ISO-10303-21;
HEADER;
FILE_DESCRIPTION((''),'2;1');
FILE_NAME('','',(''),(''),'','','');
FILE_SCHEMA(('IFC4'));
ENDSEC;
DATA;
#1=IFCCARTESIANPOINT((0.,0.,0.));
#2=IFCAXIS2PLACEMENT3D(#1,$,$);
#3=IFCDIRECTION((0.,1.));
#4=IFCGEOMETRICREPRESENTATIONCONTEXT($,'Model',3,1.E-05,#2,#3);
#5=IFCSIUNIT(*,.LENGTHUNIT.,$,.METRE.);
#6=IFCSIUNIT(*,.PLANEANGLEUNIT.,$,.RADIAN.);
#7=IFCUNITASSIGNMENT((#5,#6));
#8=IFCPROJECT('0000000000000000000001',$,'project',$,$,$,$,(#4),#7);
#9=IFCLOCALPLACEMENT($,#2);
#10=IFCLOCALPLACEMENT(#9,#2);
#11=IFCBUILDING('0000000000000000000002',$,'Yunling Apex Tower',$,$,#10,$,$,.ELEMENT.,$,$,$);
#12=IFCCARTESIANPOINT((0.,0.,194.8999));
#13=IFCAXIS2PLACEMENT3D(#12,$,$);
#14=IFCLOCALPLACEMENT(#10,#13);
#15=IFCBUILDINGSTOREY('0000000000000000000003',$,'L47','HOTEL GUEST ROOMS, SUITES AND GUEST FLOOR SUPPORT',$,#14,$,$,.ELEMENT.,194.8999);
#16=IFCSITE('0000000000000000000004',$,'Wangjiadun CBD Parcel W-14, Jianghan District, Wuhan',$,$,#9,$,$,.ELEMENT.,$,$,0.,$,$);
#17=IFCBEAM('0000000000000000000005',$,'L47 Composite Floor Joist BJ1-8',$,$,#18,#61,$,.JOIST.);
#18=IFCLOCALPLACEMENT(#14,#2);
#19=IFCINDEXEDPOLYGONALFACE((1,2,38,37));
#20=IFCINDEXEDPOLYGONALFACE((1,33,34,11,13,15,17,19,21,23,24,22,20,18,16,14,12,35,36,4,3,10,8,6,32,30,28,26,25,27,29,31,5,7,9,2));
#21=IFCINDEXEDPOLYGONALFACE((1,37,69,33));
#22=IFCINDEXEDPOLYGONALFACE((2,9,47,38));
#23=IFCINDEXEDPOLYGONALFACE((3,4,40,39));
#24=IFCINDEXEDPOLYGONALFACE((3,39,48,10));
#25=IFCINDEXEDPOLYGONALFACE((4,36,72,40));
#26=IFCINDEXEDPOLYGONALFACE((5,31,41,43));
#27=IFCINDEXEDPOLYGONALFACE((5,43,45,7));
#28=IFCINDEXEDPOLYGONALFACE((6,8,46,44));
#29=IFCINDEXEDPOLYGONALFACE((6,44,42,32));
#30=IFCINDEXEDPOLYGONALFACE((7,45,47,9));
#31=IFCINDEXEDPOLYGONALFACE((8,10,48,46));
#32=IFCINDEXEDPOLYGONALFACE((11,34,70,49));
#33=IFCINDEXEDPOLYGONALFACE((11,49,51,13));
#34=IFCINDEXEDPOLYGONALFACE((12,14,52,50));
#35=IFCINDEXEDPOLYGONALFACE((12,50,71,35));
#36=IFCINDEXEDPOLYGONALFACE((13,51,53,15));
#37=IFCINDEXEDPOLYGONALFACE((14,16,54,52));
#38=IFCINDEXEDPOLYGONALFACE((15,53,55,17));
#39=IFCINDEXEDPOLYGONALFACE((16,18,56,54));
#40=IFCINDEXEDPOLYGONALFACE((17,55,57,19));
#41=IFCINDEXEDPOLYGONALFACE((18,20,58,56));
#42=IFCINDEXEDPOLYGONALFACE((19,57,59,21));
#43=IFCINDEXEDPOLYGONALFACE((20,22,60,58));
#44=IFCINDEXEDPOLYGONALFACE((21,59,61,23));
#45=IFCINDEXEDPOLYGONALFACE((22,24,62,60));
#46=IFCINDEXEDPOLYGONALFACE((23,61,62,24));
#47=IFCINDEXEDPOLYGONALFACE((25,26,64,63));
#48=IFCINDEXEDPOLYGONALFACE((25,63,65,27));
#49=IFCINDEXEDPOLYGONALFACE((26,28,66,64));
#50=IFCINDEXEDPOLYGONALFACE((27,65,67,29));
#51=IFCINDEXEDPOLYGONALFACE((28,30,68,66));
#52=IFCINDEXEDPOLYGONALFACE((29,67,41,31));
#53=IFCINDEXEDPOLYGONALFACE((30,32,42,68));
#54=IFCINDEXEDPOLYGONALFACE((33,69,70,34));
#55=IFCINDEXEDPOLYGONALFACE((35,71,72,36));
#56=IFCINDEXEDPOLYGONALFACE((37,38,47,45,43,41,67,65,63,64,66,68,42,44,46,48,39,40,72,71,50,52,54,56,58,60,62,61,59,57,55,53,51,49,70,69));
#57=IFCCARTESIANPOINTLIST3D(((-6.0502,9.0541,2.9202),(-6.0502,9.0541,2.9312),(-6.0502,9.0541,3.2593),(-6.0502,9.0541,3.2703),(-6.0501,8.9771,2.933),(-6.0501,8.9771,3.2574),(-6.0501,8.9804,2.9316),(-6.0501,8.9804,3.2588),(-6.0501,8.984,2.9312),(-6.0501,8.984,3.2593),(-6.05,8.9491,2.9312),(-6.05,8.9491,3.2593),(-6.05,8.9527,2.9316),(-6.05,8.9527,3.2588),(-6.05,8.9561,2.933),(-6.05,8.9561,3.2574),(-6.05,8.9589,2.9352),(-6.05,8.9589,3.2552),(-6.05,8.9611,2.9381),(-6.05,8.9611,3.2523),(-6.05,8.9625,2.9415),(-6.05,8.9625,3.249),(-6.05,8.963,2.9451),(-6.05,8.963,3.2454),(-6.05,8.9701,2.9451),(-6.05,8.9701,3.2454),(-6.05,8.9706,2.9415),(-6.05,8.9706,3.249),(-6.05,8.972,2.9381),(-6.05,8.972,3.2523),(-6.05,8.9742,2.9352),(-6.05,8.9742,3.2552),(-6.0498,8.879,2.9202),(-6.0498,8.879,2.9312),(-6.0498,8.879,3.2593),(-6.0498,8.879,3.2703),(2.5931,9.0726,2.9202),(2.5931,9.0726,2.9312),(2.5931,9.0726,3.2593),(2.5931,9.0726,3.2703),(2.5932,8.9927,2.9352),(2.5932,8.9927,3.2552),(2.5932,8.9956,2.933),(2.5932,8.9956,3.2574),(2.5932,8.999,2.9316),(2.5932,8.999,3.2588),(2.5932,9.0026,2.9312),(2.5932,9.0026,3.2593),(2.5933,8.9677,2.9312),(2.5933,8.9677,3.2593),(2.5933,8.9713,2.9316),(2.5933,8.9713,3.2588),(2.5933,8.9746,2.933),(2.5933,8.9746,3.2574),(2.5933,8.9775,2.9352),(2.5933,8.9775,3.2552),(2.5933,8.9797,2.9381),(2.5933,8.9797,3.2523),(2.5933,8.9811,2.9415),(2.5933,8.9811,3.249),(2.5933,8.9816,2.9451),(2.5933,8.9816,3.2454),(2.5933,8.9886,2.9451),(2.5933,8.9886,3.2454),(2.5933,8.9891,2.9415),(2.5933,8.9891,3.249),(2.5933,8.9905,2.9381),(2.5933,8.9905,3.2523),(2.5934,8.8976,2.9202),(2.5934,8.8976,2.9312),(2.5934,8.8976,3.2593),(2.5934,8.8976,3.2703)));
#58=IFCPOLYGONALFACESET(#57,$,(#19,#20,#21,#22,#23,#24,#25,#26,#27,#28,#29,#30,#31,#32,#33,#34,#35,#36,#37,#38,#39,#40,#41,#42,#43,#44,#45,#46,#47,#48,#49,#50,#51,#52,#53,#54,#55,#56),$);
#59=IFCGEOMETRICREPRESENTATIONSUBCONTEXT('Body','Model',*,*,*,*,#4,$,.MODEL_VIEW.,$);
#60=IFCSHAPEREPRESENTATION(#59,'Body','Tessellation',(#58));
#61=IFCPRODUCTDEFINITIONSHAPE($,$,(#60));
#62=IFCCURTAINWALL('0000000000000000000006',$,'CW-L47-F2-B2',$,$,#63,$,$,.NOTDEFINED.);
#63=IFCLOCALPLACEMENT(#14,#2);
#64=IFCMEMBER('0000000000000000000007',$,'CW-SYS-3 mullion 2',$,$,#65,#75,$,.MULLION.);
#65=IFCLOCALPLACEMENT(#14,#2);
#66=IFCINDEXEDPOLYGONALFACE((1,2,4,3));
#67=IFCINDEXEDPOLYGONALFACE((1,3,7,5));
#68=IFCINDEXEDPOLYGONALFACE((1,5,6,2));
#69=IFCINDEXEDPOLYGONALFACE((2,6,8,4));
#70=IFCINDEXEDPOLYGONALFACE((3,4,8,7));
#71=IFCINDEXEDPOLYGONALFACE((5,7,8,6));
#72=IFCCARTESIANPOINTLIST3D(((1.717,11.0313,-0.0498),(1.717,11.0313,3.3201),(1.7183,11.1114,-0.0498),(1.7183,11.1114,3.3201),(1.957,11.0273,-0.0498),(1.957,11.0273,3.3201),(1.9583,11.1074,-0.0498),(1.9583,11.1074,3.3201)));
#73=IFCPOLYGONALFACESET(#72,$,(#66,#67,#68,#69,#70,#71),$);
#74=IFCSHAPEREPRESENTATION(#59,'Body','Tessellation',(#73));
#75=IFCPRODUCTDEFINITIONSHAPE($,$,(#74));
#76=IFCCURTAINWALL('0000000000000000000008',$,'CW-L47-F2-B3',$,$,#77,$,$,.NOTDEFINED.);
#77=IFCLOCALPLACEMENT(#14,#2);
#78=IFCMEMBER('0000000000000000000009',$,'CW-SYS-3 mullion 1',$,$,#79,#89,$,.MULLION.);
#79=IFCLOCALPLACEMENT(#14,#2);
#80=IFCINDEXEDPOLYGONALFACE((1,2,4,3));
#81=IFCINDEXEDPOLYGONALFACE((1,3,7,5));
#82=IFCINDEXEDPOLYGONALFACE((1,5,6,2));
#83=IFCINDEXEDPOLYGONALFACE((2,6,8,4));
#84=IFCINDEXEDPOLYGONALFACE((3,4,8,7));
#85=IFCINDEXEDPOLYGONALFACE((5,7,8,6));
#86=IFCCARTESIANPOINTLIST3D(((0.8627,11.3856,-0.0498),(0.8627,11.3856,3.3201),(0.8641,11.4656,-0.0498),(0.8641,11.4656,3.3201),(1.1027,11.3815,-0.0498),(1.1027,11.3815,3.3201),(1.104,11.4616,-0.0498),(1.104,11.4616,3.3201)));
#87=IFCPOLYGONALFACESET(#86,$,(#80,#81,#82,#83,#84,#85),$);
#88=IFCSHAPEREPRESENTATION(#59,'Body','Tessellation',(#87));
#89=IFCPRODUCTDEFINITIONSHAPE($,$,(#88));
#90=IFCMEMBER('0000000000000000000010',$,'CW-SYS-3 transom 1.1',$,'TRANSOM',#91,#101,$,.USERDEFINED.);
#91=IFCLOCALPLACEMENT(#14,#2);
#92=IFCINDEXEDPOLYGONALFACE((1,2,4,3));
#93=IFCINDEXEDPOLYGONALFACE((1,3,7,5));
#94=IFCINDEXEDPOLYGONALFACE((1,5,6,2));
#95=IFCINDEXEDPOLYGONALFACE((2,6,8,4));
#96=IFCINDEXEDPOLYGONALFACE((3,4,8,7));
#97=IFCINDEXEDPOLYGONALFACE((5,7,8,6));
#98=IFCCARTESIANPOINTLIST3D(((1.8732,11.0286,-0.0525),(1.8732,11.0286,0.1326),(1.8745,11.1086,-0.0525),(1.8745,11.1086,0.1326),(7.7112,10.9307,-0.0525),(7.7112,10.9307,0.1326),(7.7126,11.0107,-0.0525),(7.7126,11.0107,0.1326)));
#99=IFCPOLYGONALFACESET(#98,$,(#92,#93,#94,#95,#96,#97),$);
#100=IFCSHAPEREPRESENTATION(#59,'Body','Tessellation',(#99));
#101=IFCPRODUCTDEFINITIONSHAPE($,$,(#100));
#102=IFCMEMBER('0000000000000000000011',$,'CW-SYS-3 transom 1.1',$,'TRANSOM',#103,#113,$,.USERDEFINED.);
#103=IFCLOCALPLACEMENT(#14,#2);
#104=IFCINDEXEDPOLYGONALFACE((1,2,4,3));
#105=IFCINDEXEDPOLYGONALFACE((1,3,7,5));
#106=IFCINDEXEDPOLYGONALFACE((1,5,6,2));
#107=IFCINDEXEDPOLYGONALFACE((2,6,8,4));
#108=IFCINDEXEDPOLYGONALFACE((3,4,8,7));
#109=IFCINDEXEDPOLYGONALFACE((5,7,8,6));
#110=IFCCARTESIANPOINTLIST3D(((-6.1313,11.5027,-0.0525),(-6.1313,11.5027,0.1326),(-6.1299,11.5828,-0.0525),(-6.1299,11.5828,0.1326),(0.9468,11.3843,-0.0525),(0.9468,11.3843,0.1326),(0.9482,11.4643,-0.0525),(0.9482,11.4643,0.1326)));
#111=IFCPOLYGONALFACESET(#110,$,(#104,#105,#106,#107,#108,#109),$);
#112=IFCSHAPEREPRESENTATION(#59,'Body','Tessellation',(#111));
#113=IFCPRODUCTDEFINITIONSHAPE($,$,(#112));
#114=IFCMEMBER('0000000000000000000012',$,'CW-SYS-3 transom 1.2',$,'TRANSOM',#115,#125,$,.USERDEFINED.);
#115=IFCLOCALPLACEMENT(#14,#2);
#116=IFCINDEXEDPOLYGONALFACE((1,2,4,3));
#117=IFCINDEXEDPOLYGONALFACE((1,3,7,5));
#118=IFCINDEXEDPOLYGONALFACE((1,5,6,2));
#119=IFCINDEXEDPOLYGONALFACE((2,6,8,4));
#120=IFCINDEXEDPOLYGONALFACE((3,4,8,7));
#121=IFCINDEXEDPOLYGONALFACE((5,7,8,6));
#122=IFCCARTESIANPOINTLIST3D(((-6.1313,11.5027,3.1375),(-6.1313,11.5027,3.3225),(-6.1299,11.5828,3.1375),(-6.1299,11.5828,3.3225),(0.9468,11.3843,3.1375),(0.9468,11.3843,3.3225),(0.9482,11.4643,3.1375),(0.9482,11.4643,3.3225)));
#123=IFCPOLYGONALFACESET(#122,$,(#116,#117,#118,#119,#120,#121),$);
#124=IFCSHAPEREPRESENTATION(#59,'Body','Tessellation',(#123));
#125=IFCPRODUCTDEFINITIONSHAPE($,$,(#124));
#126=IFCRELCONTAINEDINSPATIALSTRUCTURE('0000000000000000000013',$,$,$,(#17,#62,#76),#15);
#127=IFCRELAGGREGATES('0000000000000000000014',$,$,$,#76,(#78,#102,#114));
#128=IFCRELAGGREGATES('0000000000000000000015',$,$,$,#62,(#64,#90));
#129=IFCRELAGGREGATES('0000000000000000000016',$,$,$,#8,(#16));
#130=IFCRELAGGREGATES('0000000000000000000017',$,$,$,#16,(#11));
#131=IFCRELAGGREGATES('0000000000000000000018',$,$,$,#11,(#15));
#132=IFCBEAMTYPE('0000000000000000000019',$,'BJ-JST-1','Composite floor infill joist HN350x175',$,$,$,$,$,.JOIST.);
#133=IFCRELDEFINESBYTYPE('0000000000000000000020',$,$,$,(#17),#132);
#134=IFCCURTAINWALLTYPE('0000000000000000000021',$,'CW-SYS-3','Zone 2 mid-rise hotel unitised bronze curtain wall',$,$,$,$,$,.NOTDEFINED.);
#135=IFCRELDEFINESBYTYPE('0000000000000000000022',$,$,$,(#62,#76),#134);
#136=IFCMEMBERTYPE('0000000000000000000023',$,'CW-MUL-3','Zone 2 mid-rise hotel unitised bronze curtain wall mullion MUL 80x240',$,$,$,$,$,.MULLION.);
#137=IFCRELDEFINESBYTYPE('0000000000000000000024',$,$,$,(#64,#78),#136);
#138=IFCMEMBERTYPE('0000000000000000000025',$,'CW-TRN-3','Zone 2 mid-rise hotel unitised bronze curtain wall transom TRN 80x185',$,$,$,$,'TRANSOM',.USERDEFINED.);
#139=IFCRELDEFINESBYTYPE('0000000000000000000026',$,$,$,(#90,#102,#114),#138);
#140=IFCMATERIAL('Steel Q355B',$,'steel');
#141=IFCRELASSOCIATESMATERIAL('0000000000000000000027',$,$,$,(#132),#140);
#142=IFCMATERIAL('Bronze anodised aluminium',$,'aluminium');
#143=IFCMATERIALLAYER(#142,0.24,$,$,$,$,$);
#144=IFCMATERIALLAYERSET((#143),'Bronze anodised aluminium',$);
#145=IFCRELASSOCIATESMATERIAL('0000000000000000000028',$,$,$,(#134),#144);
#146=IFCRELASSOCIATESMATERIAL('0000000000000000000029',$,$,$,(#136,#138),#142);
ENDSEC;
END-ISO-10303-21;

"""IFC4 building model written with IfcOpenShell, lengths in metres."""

from ifc_helpers import new_model, si_unit, direction, frame, origin, origin_2d, place, context, subcontext, project, spatial, rectangle, i_section, extrude, source, transform, mapped, material, layer, layer_set, material_profile, profile_set, type_object, element, aggregate, save


model = new_model("IFC4")

# Units and contexts
model_context = context("Model", 3, precision=1e-05, world=origin(), true_north=direction((0.0, 1.0)))
body_context = subcontext(model_context, "Body", "Model", "MODEL_VIEW")
ifc_project = project(units=[si_unit("LENGTHUNIT", "METRE"), si_unit("PLANEANGLEUNIT", "RADIAN")], contexts=[model_context])

# Site, building, storey
site_placement = place(None, origin())
site = spatial("IfcSite", under=ifc_project, at=site_placement, Name="Wangjiadun CBD Parcel W-14, Jianghan District, Wuhan", CompositionType="ELEMENT", RefElevation=0.0)
building_placement = place(site_placement, origin())
building = spatial("IfcBuilding", under=site, at=building_placement, Name="Yunling Apex Tower", CompositionType="ELEMENT")
storey_placement = place(building_placement, frame((0.0, 0.0, 194.8999)))
storey = spatial("IfcBuildingStorey", under=building, at=storey_placement, Name="L47", Description="HOTEL GUEST ROOMS, SUITES AND GUEST FLOOR SUPPORT", CompositionType="ELEMENT", Elevation=194.8999)

# Beam
ifc_material_1 = material(Name="Steel Q355B", Category="steel")
ifc_material_profile_1 = material_profile(ifc_material_1, i_section(OverallWidth=0.175, OverallDepth=0.3501, WebThickness=0.0071, FlangeThickness=0.011, FilletRadius=0.0139, at=origin_2d()))
ifc_profile_set_1 = profile_set([ifc_material_profile_1], Name="Steel Q355B")
beam_type_1 = type_object("IfcBeamType", Name="BJ-JST-1", Description="Composite floor infill joist HN350x175", PredefinedType="JOIST", material=ifc_profile_set_1)
shared_shape_1 = source(origin(), body_context, "Body", "SweptSolid", [
    extrude(i_section(OverallWidth=0.175, OverallDepth=0.3501, WebThickness=0.0071, FlangeThickness=0.011, FilletRadius=0.0139, at=origin_2d()), origin(), (0.0, 0.0, 1.0), 8.6433),
])
beam_1_placement = place(storey_placement, frame((2.5933, 8.9851, 3.0952), z_axis=(-0.999998, -0.002147, 0.0), x_axis=(0.002147, -0.999998, 0.0)))
element("IfcBeam", 1, at=beam_1_placement, inside=storey, type_object=beam_type_1, Name="L47 Composite Floor Joist BJ1-8", PredefinedType="JOIST", context=body_context, shape_type="MappedRepresentation", body=[
    mapped(shared_shape_1, transform((0.0, 0.0, 0.0), scale=1.0)),
])

# Curtain walls, members
ifc_material_2 = material(Name="Bronze anodised aluminium", Category="aluminium")
ifc_layer_1 = layer(ifc_material_2, 0.24)
ifc_layer_set_1 = layer_set([ifc_layer_1], Name="Bronze anodised aluminium")
curtain_wall_type = type_object("IfcCurtainWallType", Name="CW-SYS-3", Description="Zone 2 mid-rise hotel unitised bronze curtain wall", PredefinedType="NOTDEFINED", material=ifc_layer_set_1)
curtain_wall_1_placement = place(storey_placement, origin())
curtain_wall_1 = element("IfcCurtainWall", 2, at=curtain_wall_1_placement, inside=storey, type_object=curtain_wall_type, Name="CW-L47-F2-B2", PredefinedType="NOTDEFINED")
ifc_material_profile_2 = material_profile(ifc_material_2, rectangle(XDim=0.0801, YDim=0.24, at=origin_2d()))
ifc_profile_set_2 = profile_set([ifc_material_profile_2], Name="Bronze anodised aluminium")
member_type_1 = type_object("IfcMemberType", Name="CW-MUL-3", Description="Zone 2 mid-rise hotel unitised bronze curtain wall mullion MUL 80x240", PredefinedType="MULLION", material=ifc_profile_set_2)
shared_shape_2 = source(origin(), body_context, "Body", "SweptSolid", [
    extrude(rectangle(XDim=0.0801, YDim=0.24, at=origin_2d()), origin(), (0.0, 0.0, 1.0), 3.3699),
])
member_1_placement = place(storey_placement, frame((1.8376, 11.0693, -0.0498), z_axis=(0.0, 0.0, 1.0), x_axis=(-0.016759, -0.99986, 0.0)))
member_1 = element("IfcMember", 3, at=member_1_placement, type_object=member_type_1, Name="CW-SYS-3 mullion 2", PredefinedType="MULLION", context=body_context, shape_type="MappedRepresentation", body=[
    mapped(shared_shape_2, transform((0.0, 0.0, 0.0), scale=1.0)),
])
curtain_wall_2_placement = place(storey_placement, origin())
curtain_wall_2 = element("IfcCurtainWall", 4, at=curtain_wall_2_placement, inside=storey, type_object=curtain_wall_type, Name="CW-L47-F2-B3", PredefinedType="NOTDEFINED")
member_2_placement = place(storey_placement, frame((0.9834, 11.4236, -0.0498), z_axis=(0.0, 0.0, 1.0), x_axis=(-0.016747, -0.99986, 0.0)))
member_2 = element("IfcMember", 5, at=member_2_placement, type_object=member_type_1, Name="CW-SYS-3 mullion 1", PredefinedType="MULLION", context=body_context, shape_type="MappedRepresentation", body=[
    mapped(shared_shape_2, transform((0.0, 0.0, 0.0), scale=1.0)),
])

# Members
ifc_material_profile_3 = material_profile(ifc_material_2, rectangle(XDim=0.0801, YDim=0.1851, at=origin_2d()))
ifc_profile_set_3 = profile_set([ifc_material_profile_3], Name="Bronze anodised aluminium")
member_type_2 = type_object("IfcMemberType", Name="CW-TRN-3", Description="Zone 2 mid-rise hotel unitised bronze curtain wall transom TRN 80x185", ElementType="TRANSOM", PredefinedType="USERDEFINED", material=ifc_profile_set_3)
shared_shape_3 = source(origin(), body_context, "Body", "SweptSolid", [
    extrude(rectangle(XDim=0.0801, YDim=0.1851, at=origin_2d()), origin(), (0.0, 0.0, 1.0), 5.8389),
])
member_3_placement = place(storey_placement, frame((7.7119, 10.9707, 0.04), z_axis=(-0.999859, 0.016767, 0.0), x_axis=(-0.016767, -0.999859, 0.0)))
member_3 = element("IfcMember", 6, at=member_3_placement, type_object=member_type_2, Name="CW-SYS-3 transom 1.1", ObjectType="TRANSOM", PredefinedType="USERDEFINED", context=body_context, shape_type="MappedRepresentation", body=[
    mapped(shared_shape_3, transform((0.0, 0.0, 0.0), scale=1.0)),
])
shared_shape_4 = source(origin(), body_context, "Body", "SweptSolid", [
    extrude(rectangle(XDim=0.0801, YDim=0.1851, at=origin_2d()), origin(), (0.0, 0.0, 1.0), 7.0791),
])
member_4_placement = place(storey_placement, frame((0.9475, 11.4243, 0.04), z_axis=(-0.99986, 0.016726, 0.0), x_axis=(-0.016726, -0.99986, 0.0)))
member_4 = element("IfcMember", 7, at=member_4_placement, type_object=member_type_2, Name="CW-SYS-3 transom 1.1", ObjectType="TRANSOM", PredefinedType="USERDEFINED", context=body_context, shape_type="MappedRepresentation", body=[
    mapped(shared_shape_4, transform((0.0, 0.0, 0.0), scale=1.0)),
])
member_5_placement = place(storey_placement, frame((0.9475, 11.4243, 3.23), z_axis=(-0.99986, 0.016726, 0.0), x_axis=(-0.016726, -0.99986, 0.0)))
member_5 = element("IfcMember", 8, at=member_5_placement, type_object=member_type_2, Name="CW-SYS-3 transom 1.2", ObjectType="TRANSOM", PredefinedType="USERDEFINED", context=body_context, shape_type="MappedRepresentation", body=[
    mapped(shared_shape_4, transform((0.0, 0.0, 0.0), scale=1.0)),
])
aggregate(curtain_wall_2, [member_2, member_4, member_5])

aggregate(curtain_wall_1, [member_1, member_3])

save(model, "model.ifc")
